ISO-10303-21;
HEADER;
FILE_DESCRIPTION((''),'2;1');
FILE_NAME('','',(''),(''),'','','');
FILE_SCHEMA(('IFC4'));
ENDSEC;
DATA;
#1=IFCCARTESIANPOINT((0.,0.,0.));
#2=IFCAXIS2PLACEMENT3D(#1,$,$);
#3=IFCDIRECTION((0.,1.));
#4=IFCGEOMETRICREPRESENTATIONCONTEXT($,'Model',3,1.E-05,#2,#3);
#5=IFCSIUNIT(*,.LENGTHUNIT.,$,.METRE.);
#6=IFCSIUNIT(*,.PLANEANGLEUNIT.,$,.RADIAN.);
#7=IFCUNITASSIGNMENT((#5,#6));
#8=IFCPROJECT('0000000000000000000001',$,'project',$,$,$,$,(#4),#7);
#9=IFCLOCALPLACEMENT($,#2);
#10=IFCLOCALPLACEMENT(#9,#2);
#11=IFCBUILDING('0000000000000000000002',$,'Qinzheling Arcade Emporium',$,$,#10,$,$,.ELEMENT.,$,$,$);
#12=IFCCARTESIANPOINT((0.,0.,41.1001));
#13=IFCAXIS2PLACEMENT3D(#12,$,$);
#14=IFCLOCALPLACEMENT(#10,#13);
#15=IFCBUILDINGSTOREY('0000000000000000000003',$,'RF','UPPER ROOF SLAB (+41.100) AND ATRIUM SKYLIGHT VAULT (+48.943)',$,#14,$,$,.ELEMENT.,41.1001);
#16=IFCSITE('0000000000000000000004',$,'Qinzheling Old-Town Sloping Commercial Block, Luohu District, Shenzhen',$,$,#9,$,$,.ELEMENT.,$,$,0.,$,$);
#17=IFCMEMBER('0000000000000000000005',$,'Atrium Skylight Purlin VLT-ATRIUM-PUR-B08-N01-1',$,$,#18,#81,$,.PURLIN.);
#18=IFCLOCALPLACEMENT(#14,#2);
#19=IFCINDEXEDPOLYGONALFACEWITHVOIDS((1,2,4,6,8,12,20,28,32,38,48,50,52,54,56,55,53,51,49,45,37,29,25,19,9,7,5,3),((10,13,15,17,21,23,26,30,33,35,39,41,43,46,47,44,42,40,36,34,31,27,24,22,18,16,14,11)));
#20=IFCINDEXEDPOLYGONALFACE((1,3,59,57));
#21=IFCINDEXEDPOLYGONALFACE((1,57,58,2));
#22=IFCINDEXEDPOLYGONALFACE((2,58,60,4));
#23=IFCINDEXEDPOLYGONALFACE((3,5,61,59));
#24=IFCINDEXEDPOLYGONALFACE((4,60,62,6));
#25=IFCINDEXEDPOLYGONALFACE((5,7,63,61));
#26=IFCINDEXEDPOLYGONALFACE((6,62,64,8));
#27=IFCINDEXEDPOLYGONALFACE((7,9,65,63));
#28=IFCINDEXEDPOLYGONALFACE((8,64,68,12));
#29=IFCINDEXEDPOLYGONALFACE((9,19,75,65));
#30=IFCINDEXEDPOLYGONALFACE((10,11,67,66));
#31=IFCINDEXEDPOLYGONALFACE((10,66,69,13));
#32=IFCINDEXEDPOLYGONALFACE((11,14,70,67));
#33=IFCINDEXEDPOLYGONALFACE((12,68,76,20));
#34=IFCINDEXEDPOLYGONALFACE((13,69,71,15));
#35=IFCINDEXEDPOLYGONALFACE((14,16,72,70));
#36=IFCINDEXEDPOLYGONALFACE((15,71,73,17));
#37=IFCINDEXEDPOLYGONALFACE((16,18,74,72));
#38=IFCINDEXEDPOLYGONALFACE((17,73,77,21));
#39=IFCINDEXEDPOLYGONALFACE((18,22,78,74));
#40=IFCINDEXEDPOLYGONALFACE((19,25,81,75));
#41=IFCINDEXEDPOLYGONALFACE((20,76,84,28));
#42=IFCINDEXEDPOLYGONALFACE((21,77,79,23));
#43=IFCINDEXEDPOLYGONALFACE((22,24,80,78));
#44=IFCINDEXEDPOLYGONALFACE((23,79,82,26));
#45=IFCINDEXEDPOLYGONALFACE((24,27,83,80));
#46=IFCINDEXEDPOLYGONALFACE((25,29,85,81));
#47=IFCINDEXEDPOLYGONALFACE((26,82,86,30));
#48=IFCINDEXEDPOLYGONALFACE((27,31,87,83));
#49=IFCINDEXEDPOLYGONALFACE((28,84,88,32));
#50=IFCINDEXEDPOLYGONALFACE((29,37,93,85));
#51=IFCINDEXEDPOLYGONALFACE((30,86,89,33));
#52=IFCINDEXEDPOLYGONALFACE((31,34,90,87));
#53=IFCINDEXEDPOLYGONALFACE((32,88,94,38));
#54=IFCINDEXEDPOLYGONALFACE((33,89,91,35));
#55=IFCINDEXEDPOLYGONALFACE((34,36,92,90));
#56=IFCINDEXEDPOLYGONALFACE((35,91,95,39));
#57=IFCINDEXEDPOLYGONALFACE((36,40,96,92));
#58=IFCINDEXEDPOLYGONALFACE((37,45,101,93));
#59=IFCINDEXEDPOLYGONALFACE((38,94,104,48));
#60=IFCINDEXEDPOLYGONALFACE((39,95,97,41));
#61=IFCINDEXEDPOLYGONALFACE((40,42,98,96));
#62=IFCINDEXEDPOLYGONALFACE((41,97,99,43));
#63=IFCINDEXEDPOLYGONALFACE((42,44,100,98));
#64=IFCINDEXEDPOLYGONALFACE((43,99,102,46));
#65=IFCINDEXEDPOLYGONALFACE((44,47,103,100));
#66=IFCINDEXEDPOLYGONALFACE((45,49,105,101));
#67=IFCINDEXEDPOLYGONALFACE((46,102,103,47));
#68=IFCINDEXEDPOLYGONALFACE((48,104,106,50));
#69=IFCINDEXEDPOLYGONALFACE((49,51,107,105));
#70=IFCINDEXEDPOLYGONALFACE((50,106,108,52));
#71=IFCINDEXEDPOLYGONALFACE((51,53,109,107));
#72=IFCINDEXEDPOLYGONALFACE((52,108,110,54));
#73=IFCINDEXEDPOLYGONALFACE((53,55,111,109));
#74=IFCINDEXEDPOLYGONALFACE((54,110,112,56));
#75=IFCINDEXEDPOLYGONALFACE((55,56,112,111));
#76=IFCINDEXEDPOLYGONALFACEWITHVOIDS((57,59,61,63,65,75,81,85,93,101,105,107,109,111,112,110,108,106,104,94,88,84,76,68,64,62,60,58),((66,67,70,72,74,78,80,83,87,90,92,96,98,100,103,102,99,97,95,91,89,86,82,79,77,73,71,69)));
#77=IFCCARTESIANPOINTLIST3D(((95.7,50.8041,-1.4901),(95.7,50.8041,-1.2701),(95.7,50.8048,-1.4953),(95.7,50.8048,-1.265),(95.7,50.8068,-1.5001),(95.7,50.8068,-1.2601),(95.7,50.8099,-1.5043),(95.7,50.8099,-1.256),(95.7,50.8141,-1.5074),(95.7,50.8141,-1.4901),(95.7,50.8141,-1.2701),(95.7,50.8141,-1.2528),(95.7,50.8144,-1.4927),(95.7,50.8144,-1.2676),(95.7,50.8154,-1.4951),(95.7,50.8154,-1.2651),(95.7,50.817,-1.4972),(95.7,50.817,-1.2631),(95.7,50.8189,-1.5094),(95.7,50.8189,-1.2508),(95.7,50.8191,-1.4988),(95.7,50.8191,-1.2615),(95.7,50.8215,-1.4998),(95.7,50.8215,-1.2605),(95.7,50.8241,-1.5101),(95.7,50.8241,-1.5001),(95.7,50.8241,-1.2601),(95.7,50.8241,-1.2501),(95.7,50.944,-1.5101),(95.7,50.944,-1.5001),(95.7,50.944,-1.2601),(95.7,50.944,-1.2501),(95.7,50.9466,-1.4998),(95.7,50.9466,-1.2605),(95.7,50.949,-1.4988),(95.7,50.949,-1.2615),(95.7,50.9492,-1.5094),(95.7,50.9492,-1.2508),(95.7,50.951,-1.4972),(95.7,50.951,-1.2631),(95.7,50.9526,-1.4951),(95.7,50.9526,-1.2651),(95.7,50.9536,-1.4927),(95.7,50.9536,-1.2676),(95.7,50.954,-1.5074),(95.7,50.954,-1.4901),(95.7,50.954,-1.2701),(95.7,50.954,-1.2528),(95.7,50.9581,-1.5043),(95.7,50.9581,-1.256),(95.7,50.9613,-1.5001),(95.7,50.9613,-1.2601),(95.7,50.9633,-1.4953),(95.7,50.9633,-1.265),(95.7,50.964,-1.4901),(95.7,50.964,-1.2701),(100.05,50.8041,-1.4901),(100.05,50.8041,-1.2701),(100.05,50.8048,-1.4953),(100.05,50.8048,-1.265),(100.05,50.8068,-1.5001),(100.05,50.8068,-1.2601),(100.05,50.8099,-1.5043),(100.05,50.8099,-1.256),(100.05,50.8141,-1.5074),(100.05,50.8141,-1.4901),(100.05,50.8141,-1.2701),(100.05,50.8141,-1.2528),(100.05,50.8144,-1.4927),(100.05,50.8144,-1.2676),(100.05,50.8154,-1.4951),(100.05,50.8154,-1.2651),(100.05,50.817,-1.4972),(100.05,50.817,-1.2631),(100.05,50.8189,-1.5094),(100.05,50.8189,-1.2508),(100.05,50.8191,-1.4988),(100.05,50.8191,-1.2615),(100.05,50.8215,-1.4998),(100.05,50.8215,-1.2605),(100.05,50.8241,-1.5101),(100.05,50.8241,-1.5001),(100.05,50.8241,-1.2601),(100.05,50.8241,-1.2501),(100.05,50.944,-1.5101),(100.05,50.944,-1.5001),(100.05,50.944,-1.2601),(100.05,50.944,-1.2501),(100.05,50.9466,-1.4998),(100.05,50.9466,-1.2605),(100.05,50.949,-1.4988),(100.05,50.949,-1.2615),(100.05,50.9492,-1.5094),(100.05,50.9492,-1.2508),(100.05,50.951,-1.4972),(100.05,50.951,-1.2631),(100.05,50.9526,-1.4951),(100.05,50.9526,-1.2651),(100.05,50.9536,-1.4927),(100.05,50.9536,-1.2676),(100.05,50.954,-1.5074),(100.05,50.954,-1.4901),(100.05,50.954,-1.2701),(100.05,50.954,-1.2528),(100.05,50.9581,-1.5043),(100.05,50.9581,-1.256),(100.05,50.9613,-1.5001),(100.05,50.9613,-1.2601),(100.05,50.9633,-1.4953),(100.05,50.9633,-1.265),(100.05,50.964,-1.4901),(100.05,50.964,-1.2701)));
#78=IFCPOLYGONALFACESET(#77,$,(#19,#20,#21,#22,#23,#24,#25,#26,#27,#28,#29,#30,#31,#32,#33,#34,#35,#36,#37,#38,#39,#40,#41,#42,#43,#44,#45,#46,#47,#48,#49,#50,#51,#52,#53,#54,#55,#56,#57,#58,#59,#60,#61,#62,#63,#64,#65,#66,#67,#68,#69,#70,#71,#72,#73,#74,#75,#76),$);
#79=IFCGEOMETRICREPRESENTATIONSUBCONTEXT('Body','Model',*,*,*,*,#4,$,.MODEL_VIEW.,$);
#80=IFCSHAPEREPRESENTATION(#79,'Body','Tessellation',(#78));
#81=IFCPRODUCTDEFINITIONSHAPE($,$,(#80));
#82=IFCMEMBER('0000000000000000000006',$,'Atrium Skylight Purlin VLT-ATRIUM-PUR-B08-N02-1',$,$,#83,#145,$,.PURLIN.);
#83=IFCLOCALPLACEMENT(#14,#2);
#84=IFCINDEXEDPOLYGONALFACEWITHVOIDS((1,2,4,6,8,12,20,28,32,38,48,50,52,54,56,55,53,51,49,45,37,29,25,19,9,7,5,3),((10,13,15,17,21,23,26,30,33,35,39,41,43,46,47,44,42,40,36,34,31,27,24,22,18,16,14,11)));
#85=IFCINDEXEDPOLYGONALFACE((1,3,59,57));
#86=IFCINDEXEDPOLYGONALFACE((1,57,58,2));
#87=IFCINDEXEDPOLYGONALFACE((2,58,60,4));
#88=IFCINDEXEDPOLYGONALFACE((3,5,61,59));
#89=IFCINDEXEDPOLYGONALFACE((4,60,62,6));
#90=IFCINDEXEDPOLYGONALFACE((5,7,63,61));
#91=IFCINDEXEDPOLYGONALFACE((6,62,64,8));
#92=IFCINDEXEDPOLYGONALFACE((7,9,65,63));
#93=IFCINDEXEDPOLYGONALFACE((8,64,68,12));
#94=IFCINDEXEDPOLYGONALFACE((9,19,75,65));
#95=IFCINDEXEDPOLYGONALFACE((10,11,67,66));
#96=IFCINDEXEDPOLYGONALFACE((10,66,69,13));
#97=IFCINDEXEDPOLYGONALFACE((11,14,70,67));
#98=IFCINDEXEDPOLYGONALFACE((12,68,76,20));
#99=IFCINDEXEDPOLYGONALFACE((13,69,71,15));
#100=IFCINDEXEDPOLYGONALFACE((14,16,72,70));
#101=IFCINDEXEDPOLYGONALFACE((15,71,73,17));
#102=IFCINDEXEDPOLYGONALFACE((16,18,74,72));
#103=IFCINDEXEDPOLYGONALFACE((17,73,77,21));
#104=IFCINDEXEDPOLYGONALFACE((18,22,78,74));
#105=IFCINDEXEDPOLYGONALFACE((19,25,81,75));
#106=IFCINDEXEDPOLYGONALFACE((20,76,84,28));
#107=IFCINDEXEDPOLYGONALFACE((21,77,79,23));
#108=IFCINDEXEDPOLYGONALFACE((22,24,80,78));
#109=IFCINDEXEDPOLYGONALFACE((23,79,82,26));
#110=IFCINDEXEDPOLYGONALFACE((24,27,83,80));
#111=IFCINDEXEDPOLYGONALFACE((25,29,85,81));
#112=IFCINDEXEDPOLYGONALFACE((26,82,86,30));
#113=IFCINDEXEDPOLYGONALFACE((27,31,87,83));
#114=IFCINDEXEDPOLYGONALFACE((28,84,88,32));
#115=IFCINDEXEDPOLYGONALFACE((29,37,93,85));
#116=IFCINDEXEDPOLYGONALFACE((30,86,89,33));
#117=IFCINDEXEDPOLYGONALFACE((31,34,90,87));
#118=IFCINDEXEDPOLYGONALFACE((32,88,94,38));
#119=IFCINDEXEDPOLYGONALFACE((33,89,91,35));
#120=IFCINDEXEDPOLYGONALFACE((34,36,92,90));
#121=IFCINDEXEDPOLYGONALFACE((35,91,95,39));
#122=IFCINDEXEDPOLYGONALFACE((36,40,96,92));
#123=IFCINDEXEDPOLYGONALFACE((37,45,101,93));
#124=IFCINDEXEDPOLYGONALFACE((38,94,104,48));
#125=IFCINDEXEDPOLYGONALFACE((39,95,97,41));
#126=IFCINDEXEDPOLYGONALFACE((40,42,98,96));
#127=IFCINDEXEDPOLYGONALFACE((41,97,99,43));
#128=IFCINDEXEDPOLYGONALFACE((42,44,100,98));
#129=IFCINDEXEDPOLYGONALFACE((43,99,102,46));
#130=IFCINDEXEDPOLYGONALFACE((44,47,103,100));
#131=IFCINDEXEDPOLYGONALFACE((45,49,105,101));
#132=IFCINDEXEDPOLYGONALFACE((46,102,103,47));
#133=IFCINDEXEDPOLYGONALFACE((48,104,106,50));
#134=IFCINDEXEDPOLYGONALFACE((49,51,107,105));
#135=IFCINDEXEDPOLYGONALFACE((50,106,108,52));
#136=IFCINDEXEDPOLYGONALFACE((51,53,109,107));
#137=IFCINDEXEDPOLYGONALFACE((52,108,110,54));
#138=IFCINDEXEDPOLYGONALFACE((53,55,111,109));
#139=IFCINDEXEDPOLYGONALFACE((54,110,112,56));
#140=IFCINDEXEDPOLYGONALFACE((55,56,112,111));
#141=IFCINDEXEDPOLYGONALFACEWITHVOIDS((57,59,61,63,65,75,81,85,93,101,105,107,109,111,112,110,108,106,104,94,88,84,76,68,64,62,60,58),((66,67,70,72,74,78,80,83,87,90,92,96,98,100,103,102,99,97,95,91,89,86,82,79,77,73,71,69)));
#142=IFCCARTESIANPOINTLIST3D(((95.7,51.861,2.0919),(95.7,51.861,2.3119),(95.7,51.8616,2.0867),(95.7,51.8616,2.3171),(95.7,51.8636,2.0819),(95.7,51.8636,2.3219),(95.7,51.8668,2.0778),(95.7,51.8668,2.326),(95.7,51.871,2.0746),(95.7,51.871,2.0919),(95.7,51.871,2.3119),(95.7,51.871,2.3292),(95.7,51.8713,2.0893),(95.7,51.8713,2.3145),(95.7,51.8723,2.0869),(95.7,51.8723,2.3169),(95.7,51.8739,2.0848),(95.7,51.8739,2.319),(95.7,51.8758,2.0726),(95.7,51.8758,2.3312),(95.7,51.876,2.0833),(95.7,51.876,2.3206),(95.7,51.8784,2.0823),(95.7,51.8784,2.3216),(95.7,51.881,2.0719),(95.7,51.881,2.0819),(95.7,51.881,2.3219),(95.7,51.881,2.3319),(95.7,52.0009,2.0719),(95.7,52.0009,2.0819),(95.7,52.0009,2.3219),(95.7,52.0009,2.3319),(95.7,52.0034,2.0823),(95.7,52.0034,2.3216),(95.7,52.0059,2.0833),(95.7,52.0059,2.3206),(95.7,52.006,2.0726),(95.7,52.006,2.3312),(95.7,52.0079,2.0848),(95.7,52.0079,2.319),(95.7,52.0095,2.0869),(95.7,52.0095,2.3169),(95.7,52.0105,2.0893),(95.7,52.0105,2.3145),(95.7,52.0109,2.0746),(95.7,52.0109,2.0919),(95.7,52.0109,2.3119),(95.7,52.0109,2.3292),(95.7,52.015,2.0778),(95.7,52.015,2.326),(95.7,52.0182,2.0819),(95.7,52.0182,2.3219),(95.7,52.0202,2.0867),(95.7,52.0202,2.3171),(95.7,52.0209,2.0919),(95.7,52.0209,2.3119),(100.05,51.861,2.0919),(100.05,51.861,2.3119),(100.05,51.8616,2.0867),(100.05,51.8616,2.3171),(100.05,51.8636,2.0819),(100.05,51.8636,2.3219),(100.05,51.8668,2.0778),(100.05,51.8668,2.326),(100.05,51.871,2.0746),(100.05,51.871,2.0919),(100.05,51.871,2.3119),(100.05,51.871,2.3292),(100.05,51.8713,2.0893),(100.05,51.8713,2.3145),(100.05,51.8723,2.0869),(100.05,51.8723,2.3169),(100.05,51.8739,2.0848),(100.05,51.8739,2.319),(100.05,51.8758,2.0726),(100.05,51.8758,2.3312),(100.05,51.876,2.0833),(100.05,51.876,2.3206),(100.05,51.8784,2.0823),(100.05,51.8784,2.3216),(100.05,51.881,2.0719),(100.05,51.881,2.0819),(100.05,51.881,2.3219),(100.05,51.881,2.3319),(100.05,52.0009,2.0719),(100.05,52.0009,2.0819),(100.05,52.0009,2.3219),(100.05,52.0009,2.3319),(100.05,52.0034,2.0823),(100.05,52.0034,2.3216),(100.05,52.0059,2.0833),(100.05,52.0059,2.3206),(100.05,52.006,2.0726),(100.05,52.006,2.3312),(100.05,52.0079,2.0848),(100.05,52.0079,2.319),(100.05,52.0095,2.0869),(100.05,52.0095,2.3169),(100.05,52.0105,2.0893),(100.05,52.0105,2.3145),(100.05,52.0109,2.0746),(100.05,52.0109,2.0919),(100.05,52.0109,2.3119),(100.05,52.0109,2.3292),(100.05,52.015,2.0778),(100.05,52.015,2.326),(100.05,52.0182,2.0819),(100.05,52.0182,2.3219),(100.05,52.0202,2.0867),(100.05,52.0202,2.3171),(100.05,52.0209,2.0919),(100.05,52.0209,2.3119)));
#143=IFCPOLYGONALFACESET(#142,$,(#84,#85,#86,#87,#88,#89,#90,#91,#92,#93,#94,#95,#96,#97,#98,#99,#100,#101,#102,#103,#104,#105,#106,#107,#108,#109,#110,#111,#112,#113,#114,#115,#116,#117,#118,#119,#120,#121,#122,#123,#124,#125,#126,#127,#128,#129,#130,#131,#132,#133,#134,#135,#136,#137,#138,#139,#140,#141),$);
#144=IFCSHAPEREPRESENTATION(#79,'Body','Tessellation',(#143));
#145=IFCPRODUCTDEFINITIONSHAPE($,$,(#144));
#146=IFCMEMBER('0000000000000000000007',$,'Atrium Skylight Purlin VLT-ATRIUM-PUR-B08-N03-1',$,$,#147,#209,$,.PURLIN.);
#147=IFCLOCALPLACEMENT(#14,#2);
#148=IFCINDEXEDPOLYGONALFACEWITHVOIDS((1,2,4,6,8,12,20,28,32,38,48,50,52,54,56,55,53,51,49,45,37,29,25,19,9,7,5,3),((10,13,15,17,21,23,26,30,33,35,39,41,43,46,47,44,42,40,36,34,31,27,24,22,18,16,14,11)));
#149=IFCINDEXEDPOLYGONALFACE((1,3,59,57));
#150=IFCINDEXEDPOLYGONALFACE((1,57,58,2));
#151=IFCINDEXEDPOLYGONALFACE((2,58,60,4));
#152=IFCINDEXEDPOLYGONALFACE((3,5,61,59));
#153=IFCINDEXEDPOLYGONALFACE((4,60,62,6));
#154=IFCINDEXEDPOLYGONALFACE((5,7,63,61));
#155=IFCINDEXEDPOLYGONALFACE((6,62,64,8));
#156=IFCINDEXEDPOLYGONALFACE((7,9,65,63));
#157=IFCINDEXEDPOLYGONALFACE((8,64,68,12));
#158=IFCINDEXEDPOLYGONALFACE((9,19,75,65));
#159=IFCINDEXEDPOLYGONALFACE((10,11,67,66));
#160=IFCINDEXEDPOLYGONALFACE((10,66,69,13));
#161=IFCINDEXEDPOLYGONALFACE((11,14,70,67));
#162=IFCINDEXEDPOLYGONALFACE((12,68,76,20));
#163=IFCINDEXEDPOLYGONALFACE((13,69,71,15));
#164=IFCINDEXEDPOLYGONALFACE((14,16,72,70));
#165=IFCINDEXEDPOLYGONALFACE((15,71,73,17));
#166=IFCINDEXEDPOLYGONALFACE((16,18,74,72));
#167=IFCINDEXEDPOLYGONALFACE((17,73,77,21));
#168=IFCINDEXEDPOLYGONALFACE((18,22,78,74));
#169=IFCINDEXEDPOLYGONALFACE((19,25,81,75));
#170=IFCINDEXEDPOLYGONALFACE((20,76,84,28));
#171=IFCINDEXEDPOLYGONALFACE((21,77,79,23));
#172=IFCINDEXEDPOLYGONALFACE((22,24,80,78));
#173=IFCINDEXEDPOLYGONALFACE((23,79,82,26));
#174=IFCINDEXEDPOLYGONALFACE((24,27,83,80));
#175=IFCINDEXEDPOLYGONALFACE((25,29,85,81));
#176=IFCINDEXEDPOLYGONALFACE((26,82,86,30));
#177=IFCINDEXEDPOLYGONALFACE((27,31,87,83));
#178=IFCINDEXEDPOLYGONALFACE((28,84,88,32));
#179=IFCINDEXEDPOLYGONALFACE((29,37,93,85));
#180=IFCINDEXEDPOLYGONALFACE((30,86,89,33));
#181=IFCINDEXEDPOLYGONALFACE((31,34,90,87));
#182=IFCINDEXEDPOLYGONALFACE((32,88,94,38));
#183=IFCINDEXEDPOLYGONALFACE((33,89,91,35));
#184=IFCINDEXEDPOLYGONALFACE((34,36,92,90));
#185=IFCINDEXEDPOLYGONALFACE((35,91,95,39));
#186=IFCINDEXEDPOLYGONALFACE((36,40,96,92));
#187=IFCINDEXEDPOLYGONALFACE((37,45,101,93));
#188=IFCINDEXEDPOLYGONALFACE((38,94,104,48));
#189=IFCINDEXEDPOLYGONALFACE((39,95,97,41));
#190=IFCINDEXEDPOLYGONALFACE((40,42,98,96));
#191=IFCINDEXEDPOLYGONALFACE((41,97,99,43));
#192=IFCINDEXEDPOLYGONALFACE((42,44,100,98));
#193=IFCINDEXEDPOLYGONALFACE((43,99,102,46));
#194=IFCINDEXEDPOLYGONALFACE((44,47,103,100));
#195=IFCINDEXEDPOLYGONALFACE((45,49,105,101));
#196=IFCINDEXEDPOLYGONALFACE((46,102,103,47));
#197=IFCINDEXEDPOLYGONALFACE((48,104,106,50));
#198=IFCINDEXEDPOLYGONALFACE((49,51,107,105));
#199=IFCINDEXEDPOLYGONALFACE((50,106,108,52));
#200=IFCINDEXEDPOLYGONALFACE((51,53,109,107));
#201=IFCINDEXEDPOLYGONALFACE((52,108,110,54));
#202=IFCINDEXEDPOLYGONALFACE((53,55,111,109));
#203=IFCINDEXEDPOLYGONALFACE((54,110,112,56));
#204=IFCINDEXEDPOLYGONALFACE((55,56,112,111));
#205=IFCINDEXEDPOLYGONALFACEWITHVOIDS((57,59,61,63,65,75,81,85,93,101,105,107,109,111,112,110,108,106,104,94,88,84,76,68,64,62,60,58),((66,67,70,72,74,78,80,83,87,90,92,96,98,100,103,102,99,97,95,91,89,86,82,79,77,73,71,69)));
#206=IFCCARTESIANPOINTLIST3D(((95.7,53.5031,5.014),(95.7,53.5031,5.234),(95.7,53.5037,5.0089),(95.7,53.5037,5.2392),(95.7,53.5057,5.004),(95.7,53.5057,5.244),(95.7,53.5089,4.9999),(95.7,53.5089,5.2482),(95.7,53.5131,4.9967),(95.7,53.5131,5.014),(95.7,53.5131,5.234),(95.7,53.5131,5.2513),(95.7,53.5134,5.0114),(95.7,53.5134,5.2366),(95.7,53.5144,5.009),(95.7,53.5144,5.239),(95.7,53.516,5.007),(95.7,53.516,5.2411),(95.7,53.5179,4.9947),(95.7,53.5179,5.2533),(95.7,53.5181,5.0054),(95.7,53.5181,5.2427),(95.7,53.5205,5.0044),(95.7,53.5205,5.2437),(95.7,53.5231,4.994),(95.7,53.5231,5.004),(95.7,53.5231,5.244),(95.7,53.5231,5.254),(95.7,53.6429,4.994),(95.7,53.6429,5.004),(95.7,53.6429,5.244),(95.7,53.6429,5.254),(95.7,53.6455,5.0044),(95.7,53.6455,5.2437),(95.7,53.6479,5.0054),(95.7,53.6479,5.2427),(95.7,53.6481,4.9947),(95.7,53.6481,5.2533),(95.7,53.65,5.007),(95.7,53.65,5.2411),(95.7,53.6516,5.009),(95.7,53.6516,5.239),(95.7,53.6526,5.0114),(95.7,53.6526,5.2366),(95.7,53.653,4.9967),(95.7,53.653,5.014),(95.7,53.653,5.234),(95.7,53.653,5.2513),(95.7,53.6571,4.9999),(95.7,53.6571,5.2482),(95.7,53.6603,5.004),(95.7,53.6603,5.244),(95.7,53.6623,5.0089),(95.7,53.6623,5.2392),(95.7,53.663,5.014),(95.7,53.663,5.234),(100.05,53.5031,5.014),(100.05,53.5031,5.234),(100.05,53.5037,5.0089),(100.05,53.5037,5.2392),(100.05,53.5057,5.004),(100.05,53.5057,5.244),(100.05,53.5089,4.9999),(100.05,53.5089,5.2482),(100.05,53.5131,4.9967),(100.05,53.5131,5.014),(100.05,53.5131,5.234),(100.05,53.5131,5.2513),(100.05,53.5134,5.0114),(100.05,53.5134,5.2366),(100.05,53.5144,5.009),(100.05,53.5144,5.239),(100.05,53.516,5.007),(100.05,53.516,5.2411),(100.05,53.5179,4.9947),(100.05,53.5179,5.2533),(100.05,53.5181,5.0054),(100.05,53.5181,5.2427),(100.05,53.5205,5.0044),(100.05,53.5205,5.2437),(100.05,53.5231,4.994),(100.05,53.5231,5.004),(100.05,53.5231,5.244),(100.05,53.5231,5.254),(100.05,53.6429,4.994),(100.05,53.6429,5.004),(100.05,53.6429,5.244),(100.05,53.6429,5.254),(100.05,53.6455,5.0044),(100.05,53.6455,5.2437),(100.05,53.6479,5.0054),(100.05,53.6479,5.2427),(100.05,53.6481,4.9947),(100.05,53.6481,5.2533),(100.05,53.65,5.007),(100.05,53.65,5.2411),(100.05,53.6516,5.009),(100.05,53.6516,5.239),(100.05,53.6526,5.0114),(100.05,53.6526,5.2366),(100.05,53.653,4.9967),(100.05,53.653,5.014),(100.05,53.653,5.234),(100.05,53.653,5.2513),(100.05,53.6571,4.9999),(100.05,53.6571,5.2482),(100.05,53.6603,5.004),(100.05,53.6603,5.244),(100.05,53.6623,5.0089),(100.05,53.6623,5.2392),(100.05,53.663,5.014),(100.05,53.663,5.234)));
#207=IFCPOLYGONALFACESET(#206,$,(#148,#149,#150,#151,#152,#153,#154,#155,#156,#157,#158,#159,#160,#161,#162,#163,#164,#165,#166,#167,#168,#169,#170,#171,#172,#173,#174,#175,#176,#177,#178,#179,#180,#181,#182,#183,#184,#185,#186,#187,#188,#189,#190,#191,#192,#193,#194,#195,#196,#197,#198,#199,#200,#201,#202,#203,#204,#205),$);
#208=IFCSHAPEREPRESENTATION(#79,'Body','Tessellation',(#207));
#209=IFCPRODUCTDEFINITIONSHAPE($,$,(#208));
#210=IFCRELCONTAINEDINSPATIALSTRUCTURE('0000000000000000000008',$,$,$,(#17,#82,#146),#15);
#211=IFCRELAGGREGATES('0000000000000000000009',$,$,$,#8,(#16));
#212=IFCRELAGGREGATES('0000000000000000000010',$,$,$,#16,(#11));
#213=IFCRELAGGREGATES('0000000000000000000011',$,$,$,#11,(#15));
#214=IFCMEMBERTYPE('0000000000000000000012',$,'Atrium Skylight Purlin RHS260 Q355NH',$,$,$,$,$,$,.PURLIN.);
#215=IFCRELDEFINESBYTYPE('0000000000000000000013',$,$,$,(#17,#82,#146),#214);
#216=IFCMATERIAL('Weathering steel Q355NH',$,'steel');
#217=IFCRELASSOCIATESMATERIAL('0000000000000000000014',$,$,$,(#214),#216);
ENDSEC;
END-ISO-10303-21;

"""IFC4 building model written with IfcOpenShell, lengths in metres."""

from ifc_helpers import new_model, si_unit, direction, frame, origin, origin_2d, place, context, subcontext, project, spatial, hollow_rectangle, extrude, material, material_profile, profile_set, type_object, element, save


model = new_model("IFC4")

# Units and contexts
model_context = context("Model", 3, precision=1e-05, world=origin(), true_north=direction((0.0, 1.0)))
body_context = subcontext(model_context, "Body", "Model", "MODEL_VIEW")
ifc_project = project(units=[si_unit("LENGTHUNIT", "METRE"), si_unit("PLANEANGLEUNIT", "RADIAN")], contexts=[model_context])

# Site, building, storey
site_placement = place(None, origin())
site = spatial("IfcSite", under=ifc_project, at=site_placement, Name="Qinzheling Old-Town Sloping Commercial Block, Luohu District, Shenzhen", CompositionType="ELEMENT", RefElevation=0.0)
building_placement = place(site_placement, origin())
building = spatial("IfcBuilding", under=site, at=building_placement, Name="Qinzheling Arcade Emporium", CompositionType="ELEMENT")
storey_placement = place(building_placement, frame((0.0, 0.0, 41.1001)))
storey = spatial("IfcBuildingStorey", under=building, at=storey_placement, Name="RF", Description="UPPER ROOF SLAB (+41.100) AND ATRIUM SKYLIGHT VAULT (+48.943)", CompositionType="ELEMENT", Elevation=41.1001)

# Shared definitions
ifc_material_1 = material(Name="Weathering steel Q355NH", Category="steel")

# Members
ifc_material_profile_1 = material_profile(ifc_material_1, hollow_rectangle(XDim=0.1599, YDim=0.26, WallThickness=0.01, InnerFilletRadius=0.01, OuterFilletRadius=0.02, at=origin_2d()), Name="RHS 260x160x10", Category="steel")
ifc_profile_set_1 = profile_set([ifc_material_profile_1], Name="Weathering steel Q355NH")
member_type = type_object("IfcMemberType", Name="Atrium Skylight Purlin RHS260 Q355NH", PredefinedType="PURLIN", material=ifc_profile_set_1)
for number, where, z_axis, x_axis, name in (
    (1, (95.7, 50.884, -1.3801), (1.0, 0.0, 0.0), (0.0, 1.0, 0.0), "Atrium Skylight Purlin VLT-ATRIUM-PUR-B08-N01-1"),
    (2, (95.7, 51.9409, 2.2019), (1.0, 0.0, 0.0), (0.0, 1.0, 0.0), "Atrium Skylight Purlin VLT-ATRIUM-PUR-B08-N02-1"),
    (3, (95.7, 53.583, 5.124), (1.0, 0.0, 0.0), (0.0, 1.0, 0.0), "Atrium Skylight Purlin VLT-ATRIUM-PUR-B08-N03-1"),
):
    element("IfcMember", number, at=place(storey_placement, frame(where, z_axis=z_axis, x_axis=x_axis)), inside=storey, type_object=member_type, Name=name, PredefinedType="PURLIN", context=body_context, shape_type="SweptSolid", body=[
        extrude(hollow_rectangle(XDim=0.1599, YDim=0.26, WallThickness=0.01, InnerFilletRadius=0.01, OuterFilletRadius=0.02, at=origin_2d()), origin(), (0.0, 0.0, 1.0), 4.3501),
    ])

save(model, "model.ifc")
